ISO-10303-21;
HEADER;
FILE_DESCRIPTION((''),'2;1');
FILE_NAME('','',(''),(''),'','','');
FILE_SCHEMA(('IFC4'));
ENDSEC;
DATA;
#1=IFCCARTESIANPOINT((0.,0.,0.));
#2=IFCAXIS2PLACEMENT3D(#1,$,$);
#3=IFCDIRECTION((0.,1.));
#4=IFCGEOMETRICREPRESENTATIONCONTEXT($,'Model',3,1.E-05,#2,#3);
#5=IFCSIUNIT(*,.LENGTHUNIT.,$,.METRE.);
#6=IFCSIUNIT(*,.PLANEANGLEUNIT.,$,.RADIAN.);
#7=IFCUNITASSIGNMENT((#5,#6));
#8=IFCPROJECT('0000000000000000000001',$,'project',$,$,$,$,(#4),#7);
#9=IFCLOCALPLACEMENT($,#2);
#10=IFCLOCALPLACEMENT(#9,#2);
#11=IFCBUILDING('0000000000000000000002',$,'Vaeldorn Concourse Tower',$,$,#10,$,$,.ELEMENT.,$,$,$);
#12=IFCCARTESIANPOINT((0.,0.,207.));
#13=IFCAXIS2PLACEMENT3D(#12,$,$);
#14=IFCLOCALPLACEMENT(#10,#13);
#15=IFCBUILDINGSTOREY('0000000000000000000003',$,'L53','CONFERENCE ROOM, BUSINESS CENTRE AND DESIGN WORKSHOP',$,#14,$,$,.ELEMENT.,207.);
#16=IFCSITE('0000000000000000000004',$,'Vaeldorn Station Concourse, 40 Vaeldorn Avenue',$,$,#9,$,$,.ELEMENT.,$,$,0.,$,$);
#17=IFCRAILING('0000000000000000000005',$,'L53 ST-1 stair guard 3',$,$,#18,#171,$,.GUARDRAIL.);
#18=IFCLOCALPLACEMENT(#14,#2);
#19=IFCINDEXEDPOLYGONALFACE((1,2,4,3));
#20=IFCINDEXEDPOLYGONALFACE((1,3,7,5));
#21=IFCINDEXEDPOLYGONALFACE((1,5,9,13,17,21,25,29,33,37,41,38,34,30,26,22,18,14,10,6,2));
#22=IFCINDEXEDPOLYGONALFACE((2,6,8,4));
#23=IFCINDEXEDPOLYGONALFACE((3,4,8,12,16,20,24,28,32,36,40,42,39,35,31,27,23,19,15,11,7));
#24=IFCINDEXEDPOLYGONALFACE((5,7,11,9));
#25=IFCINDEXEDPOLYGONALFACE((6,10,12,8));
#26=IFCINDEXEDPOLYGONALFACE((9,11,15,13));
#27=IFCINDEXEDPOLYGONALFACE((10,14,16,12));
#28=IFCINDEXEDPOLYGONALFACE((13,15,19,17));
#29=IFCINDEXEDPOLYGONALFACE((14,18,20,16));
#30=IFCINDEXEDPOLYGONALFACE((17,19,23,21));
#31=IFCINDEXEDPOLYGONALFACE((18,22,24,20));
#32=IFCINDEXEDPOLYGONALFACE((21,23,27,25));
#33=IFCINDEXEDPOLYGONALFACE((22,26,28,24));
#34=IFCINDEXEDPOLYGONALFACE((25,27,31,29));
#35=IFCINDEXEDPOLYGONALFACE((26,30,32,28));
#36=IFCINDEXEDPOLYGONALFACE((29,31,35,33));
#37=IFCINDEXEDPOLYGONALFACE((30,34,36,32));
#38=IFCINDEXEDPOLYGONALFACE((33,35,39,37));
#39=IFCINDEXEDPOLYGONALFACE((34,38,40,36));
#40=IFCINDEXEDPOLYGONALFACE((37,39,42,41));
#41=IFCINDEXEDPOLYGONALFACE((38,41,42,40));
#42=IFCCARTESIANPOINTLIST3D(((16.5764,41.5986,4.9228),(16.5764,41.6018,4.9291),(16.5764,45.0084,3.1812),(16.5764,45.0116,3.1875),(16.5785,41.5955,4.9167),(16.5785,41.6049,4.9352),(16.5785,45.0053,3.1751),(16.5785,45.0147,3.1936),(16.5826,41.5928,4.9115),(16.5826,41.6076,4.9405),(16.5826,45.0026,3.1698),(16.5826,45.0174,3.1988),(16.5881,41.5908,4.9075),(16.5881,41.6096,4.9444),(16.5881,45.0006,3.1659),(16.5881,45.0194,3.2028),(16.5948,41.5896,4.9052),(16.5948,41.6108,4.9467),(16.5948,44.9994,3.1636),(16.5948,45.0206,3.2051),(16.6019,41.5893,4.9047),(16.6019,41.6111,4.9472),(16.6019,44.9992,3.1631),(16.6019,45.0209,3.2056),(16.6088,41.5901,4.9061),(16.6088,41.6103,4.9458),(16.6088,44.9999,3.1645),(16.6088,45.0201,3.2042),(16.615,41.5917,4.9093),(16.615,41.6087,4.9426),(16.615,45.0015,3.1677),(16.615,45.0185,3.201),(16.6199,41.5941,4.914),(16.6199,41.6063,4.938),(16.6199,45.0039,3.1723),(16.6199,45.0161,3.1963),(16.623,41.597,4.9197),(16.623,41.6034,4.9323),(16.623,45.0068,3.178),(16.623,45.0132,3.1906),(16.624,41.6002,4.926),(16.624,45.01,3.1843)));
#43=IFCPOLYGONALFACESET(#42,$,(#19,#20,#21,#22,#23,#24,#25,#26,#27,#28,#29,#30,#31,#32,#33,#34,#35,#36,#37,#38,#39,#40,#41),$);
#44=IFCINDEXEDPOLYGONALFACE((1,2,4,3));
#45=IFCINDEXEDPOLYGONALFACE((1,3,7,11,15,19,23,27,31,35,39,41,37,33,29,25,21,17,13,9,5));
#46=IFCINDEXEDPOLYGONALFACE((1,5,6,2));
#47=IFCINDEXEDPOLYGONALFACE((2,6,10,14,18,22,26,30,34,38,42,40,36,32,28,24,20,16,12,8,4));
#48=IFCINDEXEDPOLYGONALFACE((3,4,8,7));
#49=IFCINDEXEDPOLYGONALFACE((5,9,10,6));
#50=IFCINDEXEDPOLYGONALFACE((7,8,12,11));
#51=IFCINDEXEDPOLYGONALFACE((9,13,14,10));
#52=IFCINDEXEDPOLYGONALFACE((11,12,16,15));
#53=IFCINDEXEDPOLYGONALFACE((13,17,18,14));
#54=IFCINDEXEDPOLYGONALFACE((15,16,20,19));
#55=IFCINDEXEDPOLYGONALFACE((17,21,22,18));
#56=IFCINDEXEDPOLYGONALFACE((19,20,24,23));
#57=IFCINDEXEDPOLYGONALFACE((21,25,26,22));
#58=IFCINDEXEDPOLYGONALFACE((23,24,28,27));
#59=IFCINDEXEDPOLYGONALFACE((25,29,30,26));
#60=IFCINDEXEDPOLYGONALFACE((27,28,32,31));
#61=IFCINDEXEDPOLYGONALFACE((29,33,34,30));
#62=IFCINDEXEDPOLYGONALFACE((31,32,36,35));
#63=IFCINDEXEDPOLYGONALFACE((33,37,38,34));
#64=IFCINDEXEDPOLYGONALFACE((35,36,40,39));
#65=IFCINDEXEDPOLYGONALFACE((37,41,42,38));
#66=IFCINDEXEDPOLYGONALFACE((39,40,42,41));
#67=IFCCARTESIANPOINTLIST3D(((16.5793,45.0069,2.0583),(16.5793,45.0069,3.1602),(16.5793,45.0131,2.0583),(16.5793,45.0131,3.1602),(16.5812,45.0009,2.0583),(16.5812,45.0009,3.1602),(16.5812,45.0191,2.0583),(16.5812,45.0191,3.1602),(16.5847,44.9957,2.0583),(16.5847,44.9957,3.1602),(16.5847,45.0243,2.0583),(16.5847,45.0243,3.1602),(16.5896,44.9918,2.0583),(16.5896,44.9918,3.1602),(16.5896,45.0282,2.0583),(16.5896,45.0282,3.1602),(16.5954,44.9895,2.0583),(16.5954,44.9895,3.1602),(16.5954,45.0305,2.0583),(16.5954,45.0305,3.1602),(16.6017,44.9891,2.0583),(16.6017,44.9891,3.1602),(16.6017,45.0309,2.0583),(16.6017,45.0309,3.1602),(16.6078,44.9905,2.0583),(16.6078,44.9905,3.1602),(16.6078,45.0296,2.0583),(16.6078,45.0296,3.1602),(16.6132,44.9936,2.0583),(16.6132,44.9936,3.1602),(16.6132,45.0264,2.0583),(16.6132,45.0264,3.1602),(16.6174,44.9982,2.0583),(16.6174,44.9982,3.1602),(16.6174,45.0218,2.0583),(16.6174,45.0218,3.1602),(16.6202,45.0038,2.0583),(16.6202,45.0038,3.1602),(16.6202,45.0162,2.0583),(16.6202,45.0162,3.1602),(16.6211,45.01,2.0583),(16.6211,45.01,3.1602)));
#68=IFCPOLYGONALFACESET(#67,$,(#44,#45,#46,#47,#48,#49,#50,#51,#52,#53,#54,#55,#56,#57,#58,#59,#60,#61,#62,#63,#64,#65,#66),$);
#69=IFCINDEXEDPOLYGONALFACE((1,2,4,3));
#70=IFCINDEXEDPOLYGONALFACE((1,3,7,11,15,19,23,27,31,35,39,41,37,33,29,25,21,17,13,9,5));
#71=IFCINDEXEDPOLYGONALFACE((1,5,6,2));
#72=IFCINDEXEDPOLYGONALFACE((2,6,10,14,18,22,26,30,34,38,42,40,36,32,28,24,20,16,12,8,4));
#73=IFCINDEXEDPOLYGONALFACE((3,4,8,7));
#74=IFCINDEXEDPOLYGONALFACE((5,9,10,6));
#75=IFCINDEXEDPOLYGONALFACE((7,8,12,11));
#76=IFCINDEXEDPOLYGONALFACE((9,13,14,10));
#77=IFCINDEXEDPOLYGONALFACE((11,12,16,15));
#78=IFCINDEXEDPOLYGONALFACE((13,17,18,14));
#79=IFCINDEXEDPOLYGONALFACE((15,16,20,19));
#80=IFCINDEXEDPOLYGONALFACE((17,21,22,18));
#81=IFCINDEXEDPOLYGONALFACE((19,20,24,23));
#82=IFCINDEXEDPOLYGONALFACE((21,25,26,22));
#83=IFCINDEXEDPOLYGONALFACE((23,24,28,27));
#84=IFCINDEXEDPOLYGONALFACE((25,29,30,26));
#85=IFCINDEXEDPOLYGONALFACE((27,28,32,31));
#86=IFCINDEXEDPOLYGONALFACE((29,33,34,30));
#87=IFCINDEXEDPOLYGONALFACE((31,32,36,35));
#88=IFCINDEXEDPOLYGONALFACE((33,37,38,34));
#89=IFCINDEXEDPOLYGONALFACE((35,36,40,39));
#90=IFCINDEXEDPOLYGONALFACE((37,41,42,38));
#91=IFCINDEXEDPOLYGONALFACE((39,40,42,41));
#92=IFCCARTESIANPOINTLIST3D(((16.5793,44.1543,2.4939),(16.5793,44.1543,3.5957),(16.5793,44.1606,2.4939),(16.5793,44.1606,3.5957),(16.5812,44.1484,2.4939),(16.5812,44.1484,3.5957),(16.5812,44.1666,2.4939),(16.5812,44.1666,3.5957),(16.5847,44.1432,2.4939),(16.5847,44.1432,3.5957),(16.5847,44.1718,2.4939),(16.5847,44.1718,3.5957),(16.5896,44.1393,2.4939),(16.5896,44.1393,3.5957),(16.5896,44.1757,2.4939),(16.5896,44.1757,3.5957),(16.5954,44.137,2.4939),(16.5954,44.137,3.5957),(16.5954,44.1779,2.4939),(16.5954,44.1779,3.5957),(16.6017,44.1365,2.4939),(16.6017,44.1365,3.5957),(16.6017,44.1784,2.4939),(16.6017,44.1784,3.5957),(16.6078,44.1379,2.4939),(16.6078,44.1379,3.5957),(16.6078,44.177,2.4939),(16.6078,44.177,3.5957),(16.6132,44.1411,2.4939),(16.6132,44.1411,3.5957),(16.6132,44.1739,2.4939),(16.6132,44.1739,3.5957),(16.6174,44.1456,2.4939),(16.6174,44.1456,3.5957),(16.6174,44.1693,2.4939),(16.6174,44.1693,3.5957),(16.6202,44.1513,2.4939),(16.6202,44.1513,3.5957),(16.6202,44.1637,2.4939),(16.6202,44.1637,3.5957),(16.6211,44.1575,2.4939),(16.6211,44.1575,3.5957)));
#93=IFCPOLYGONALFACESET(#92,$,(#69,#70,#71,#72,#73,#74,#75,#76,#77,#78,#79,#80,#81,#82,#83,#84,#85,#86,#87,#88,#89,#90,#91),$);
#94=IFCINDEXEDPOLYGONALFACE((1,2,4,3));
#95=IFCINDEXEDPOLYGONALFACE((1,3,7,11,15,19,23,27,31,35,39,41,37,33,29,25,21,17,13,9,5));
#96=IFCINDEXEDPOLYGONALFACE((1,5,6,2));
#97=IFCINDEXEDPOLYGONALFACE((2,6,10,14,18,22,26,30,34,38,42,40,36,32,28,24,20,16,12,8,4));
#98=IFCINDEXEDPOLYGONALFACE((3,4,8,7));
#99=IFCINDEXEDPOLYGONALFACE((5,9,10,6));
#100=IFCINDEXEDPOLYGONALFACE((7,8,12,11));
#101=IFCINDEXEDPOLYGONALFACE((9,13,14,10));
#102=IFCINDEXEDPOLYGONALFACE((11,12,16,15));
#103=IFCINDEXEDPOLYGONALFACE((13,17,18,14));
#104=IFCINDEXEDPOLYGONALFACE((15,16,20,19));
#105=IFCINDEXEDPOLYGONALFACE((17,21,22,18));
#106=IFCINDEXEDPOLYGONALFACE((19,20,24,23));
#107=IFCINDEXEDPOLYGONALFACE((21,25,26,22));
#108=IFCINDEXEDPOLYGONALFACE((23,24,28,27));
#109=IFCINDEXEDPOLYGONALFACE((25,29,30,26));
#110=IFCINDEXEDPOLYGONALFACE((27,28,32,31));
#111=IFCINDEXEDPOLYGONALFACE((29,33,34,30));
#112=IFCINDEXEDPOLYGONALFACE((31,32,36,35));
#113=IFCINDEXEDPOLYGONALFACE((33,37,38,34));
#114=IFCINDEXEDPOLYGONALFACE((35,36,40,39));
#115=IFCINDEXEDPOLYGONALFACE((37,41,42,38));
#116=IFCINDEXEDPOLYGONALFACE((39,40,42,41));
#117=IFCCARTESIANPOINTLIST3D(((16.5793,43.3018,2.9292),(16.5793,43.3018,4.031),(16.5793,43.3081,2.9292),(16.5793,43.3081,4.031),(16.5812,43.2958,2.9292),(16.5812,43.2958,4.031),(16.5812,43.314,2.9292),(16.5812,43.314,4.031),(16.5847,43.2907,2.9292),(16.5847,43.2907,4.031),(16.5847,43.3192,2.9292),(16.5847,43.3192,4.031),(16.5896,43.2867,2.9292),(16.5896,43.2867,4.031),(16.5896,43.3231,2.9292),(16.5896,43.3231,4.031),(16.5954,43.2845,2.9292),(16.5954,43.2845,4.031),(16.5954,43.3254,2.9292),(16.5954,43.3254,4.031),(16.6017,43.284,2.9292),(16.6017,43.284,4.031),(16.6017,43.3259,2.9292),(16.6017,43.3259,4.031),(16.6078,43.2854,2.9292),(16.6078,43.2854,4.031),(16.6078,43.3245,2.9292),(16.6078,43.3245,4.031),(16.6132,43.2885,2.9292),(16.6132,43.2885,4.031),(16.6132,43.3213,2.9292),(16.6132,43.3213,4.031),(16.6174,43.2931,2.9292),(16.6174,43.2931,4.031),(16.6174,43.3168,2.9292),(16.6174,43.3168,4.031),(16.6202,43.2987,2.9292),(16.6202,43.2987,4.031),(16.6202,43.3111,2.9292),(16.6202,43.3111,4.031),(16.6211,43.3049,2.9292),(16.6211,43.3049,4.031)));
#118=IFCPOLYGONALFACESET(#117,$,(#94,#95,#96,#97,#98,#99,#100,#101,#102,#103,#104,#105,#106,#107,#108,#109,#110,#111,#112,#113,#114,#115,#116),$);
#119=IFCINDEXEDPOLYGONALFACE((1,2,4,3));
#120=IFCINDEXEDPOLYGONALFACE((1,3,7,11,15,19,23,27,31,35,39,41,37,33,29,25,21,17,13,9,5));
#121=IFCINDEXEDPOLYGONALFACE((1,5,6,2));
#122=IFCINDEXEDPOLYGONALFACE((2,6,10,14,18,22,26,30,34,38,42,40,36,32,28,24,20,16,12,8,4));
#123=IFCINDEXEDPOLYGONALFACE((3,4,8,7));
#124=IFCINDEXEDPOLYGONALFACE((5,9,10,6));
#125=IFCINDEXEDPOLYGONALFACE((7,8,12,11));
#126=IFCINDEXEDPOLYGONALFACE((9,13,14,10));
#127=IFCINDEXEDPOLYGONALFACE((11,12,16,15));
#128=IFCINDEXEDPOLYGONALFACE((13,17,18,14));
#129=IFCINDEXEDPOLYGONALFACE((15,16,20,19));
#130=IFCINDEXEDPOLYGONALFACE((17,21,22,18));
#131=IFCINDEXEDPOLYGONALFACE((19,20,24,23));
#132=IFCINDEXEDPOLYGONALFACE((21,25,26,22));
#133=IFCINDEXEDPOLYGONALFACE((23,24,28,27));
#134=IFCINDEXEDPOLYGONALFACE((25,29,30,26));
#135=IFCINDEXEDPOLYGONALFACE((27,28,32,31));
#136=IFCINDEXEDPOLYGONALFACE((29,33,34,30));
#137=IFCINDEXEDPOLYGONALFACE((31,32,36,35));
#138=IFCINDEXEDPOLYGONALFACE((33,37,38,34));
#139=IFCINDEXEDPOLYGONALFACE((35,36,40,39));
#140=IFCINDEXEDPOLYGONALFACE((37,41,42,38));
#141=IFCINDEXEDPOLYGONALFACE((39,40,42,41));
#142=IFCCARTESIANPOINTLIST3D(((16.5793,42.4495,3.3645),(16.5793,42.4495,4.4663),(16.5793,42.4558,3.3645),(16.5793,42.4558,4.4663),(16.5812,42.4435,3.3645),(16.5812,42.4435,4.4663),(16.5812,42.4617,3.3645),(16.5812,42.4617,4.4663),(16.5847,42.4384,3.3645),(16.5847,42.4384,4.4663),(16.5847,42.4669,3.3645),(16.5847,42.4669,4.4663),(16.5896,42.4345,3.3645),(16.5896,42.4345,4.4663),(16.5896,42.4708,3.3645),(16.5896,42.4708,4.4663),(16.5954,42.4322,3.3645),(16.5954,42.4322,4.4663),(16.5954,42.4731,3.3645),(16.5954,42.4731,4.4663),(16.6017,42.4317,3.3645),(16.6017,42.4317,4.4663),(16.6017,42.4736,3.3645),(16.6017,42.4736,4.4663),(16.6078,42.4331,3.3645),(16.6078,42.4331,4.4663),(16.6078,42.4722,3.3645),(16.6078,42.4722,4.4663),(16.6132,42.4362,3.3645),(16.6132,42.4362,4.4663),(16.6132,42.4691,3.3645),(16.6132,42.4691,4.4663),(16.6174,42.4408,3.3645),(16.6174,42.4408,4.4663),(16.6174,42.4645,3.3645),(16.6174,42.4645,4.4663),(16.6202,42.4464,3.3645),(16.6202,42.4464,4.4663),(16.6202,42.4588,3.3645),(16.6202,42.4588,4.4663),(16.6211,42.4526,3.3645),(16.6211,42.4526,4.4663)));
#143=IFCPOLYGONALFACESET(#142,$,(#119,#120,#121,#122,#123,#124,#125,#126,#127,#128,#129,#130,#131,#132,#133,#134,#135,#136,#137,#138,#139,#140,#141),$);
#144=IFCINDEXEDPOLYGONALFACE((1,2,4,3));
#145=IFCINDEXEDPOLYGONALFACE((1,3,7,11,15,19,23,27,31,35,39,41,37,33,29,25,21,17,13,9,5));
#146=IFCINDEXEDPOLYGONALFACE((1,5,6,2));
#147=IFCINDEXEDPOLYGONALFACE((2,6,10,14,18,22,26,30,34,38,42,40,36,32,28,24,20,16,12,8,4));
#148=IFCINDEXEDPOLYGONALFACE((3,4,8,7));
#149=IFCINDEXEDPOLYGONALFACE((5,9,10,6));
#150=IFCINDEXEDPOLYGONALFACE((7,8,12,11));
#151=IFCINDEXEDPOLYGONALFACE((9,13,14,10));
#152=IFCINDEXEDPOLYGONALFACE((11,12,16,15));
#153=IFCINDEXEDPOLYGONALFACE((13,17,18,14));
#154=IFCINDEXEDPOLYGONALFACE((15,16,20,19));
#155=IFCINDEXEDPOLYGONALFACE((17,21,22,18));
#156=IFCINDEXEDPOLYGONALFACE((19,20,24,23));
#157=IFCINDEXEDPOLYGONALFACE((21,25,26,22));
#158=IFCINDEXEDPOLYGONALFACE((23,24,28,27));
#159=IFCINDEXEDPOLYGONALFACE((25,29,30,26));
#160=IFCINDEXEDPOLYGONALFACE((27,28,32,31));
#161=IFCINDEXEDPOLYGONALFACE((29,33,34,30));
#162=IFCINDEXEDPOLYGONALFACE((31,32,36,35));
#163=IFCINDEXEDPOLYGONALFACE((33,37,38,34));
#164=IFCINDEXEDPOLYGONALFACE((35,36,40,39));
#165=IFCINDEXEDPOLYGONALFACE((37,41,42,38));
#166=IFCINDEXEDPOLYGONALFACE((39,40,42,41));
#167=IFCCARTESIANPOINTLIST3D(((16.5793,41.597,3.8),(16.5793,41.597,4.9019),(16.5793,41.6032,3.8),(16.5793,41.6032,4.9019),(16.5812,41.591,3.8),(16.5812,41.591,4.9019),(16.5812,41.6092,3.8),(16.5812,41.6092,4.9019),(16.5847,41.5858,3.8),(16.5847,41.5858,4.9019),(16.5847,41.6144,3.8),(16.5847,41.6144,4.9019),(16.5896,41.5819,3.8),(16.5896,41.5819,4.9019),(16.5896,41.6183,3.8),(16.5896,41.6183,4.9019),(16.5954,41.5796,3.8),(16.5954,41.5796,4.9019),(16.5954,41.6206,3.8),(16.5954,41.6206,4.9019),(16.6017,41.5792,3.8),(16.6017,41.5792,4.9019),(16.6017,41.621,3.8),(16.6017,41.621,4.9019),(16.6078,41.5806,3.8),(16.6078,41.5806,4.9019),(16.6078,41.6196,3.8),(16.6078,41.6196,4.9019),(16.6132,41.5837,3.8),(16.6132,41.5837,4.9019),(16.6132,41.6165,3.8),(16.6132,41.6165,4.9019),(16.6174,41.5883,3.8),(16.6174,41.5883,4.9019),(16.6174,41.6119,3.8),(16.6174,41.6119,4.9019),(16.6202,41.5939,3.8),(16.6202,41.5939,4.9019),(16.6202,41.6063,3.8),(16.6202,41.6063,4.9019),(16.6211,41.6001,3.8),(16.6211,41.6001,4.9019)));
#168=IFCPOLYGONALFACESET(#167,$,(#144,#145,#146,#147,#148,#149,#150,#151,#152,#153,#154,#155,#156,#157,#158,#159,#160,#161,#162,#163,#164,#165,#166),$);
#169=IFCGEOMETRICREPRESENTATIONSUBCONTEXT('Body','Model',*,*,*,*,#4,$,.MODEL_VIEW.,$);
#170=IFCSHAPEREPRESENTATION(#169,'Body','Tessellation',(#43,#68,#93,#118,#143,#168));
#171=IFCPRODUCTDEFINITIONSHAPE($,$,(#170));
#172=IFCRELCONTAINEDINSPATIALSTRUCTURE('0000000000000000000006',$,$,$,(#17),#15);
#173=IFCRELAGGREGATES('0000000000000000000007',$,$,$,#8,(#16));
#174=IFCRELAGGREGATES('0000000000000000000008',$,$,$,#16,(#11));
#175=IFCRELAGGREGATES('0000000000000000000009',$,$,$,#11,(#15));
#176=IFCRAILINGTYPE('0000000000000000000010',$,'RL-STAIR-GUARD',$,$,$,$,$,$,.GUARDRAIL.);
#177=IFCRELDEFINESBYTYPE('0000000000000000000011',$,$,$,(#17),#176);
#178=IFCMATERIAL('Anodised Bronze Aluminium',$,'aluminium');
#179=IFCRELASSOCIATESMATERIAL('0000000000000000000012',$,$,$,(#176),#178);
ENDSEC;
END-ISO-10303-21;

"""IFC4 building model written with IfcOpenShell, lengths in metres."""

from ifc_helpers import new_model, si_unit, direction, frame, origin, origin_2d, place, context, subcontext, project, spatial, circle, extrude, material, type_object, element, save


model = new_model("IFC4")

# Units and contexts
model_context = context("Model", 3, precision=1e-05, world=origin(), true_north=direction((0.0, 1.0)))
body_context = subcontext(model_context, "Body", "Model", "MODEL_VIEW")
ifc_project = project(units=[si_unit("LENGTHUNIT", "METRE"), si_unit("PLANEANGLEUNIT", "RADIAN")], contexts=[model_context])

# Site, building, storey
site_placement = place(None, origin())
site = spatial("IfcSite", under=ifc_project, at=site_placement, Name="Vaeldorn Station Concourse, 40 Vaeldorn Avenue", CompositionType="ELEMENT", RefElevation=0.0)
building_placement = place(site_placement, origin())
building = spatial("IfcBuilding", under=site, at=building_placement, Name="Vaeldorn Concourse Tower", CompositionType="ELEMENT")
storey_placement = place(building_placement, frame((0.0, 0.0, 207.0)))
storey = spatial("IfcBuildingStorey", under=building, at=storey_placement, Name="L53", Description="CONFERENCE ROOM, BUSINESS CENTRE AND DESIGN WORKSHOP", CompositionType="ELEMENT", Elevation=207.0)

# Shared definitions
ifc_material_1 = material(Name="Anodised Bronze Aluminium", Category="aluminium")

# Railing
railing_type_1 = type_object("IfcRailingType", Name="RL-STAIR-GUARD", PredefinedType="GUARDRAIL", material=ifc_material_1)
railing_1_placement = place(storey_placement, frame((16.6001, 45.01, 2.0583)))
element("IfcRailing", 1, at=railing_1_placement, inside=storey, type_object=railing_type_1, Name="L53 ST-1 stair guard 3", PredefinedType="GUARDRAIL", context=body_context, shape_type="SweptSolid", body=[
    extrude(circle(Radius=0.0239, at=origin_2d()), frame((0.0, 0.0, 1.126), z_axis=(0.0, -0.890556, 0.454874), x_axis=(1.0, 0.0, 0.0)), (0.0, 0.0, 1.0), 3.8289),
    extrude(circle(Radius=0.021, at=origin_2d()), origin(), (0.0, 0.0, 1.0), 1.1018),
    extrude(circle(Radius=0.021, at=origin_2d()), frame((0.0, -0.8525, 0.4355)), (0.0, 0.0, 1.0), 1.1018),
    extrude(circle(Radius=0.021, at=origin_2d()), frame((0.0, -1.7051, 0.8708)), (0.0, 0.0, 1.0), 1.1018),
    extrude(circle(Radius=0.021, at=origin_2d()), frame((0.0, -2.5574, 1.3062)), (0.0, 0.0, 1.0), 1.1018),
    extrude(circle(Radius=0.021, at=origin_2d()), frame((0.0, -3.4099, 1.7417)), (0.0, 0.0, 1.0), 1.1018),
])

save(model, "model.ifc")
